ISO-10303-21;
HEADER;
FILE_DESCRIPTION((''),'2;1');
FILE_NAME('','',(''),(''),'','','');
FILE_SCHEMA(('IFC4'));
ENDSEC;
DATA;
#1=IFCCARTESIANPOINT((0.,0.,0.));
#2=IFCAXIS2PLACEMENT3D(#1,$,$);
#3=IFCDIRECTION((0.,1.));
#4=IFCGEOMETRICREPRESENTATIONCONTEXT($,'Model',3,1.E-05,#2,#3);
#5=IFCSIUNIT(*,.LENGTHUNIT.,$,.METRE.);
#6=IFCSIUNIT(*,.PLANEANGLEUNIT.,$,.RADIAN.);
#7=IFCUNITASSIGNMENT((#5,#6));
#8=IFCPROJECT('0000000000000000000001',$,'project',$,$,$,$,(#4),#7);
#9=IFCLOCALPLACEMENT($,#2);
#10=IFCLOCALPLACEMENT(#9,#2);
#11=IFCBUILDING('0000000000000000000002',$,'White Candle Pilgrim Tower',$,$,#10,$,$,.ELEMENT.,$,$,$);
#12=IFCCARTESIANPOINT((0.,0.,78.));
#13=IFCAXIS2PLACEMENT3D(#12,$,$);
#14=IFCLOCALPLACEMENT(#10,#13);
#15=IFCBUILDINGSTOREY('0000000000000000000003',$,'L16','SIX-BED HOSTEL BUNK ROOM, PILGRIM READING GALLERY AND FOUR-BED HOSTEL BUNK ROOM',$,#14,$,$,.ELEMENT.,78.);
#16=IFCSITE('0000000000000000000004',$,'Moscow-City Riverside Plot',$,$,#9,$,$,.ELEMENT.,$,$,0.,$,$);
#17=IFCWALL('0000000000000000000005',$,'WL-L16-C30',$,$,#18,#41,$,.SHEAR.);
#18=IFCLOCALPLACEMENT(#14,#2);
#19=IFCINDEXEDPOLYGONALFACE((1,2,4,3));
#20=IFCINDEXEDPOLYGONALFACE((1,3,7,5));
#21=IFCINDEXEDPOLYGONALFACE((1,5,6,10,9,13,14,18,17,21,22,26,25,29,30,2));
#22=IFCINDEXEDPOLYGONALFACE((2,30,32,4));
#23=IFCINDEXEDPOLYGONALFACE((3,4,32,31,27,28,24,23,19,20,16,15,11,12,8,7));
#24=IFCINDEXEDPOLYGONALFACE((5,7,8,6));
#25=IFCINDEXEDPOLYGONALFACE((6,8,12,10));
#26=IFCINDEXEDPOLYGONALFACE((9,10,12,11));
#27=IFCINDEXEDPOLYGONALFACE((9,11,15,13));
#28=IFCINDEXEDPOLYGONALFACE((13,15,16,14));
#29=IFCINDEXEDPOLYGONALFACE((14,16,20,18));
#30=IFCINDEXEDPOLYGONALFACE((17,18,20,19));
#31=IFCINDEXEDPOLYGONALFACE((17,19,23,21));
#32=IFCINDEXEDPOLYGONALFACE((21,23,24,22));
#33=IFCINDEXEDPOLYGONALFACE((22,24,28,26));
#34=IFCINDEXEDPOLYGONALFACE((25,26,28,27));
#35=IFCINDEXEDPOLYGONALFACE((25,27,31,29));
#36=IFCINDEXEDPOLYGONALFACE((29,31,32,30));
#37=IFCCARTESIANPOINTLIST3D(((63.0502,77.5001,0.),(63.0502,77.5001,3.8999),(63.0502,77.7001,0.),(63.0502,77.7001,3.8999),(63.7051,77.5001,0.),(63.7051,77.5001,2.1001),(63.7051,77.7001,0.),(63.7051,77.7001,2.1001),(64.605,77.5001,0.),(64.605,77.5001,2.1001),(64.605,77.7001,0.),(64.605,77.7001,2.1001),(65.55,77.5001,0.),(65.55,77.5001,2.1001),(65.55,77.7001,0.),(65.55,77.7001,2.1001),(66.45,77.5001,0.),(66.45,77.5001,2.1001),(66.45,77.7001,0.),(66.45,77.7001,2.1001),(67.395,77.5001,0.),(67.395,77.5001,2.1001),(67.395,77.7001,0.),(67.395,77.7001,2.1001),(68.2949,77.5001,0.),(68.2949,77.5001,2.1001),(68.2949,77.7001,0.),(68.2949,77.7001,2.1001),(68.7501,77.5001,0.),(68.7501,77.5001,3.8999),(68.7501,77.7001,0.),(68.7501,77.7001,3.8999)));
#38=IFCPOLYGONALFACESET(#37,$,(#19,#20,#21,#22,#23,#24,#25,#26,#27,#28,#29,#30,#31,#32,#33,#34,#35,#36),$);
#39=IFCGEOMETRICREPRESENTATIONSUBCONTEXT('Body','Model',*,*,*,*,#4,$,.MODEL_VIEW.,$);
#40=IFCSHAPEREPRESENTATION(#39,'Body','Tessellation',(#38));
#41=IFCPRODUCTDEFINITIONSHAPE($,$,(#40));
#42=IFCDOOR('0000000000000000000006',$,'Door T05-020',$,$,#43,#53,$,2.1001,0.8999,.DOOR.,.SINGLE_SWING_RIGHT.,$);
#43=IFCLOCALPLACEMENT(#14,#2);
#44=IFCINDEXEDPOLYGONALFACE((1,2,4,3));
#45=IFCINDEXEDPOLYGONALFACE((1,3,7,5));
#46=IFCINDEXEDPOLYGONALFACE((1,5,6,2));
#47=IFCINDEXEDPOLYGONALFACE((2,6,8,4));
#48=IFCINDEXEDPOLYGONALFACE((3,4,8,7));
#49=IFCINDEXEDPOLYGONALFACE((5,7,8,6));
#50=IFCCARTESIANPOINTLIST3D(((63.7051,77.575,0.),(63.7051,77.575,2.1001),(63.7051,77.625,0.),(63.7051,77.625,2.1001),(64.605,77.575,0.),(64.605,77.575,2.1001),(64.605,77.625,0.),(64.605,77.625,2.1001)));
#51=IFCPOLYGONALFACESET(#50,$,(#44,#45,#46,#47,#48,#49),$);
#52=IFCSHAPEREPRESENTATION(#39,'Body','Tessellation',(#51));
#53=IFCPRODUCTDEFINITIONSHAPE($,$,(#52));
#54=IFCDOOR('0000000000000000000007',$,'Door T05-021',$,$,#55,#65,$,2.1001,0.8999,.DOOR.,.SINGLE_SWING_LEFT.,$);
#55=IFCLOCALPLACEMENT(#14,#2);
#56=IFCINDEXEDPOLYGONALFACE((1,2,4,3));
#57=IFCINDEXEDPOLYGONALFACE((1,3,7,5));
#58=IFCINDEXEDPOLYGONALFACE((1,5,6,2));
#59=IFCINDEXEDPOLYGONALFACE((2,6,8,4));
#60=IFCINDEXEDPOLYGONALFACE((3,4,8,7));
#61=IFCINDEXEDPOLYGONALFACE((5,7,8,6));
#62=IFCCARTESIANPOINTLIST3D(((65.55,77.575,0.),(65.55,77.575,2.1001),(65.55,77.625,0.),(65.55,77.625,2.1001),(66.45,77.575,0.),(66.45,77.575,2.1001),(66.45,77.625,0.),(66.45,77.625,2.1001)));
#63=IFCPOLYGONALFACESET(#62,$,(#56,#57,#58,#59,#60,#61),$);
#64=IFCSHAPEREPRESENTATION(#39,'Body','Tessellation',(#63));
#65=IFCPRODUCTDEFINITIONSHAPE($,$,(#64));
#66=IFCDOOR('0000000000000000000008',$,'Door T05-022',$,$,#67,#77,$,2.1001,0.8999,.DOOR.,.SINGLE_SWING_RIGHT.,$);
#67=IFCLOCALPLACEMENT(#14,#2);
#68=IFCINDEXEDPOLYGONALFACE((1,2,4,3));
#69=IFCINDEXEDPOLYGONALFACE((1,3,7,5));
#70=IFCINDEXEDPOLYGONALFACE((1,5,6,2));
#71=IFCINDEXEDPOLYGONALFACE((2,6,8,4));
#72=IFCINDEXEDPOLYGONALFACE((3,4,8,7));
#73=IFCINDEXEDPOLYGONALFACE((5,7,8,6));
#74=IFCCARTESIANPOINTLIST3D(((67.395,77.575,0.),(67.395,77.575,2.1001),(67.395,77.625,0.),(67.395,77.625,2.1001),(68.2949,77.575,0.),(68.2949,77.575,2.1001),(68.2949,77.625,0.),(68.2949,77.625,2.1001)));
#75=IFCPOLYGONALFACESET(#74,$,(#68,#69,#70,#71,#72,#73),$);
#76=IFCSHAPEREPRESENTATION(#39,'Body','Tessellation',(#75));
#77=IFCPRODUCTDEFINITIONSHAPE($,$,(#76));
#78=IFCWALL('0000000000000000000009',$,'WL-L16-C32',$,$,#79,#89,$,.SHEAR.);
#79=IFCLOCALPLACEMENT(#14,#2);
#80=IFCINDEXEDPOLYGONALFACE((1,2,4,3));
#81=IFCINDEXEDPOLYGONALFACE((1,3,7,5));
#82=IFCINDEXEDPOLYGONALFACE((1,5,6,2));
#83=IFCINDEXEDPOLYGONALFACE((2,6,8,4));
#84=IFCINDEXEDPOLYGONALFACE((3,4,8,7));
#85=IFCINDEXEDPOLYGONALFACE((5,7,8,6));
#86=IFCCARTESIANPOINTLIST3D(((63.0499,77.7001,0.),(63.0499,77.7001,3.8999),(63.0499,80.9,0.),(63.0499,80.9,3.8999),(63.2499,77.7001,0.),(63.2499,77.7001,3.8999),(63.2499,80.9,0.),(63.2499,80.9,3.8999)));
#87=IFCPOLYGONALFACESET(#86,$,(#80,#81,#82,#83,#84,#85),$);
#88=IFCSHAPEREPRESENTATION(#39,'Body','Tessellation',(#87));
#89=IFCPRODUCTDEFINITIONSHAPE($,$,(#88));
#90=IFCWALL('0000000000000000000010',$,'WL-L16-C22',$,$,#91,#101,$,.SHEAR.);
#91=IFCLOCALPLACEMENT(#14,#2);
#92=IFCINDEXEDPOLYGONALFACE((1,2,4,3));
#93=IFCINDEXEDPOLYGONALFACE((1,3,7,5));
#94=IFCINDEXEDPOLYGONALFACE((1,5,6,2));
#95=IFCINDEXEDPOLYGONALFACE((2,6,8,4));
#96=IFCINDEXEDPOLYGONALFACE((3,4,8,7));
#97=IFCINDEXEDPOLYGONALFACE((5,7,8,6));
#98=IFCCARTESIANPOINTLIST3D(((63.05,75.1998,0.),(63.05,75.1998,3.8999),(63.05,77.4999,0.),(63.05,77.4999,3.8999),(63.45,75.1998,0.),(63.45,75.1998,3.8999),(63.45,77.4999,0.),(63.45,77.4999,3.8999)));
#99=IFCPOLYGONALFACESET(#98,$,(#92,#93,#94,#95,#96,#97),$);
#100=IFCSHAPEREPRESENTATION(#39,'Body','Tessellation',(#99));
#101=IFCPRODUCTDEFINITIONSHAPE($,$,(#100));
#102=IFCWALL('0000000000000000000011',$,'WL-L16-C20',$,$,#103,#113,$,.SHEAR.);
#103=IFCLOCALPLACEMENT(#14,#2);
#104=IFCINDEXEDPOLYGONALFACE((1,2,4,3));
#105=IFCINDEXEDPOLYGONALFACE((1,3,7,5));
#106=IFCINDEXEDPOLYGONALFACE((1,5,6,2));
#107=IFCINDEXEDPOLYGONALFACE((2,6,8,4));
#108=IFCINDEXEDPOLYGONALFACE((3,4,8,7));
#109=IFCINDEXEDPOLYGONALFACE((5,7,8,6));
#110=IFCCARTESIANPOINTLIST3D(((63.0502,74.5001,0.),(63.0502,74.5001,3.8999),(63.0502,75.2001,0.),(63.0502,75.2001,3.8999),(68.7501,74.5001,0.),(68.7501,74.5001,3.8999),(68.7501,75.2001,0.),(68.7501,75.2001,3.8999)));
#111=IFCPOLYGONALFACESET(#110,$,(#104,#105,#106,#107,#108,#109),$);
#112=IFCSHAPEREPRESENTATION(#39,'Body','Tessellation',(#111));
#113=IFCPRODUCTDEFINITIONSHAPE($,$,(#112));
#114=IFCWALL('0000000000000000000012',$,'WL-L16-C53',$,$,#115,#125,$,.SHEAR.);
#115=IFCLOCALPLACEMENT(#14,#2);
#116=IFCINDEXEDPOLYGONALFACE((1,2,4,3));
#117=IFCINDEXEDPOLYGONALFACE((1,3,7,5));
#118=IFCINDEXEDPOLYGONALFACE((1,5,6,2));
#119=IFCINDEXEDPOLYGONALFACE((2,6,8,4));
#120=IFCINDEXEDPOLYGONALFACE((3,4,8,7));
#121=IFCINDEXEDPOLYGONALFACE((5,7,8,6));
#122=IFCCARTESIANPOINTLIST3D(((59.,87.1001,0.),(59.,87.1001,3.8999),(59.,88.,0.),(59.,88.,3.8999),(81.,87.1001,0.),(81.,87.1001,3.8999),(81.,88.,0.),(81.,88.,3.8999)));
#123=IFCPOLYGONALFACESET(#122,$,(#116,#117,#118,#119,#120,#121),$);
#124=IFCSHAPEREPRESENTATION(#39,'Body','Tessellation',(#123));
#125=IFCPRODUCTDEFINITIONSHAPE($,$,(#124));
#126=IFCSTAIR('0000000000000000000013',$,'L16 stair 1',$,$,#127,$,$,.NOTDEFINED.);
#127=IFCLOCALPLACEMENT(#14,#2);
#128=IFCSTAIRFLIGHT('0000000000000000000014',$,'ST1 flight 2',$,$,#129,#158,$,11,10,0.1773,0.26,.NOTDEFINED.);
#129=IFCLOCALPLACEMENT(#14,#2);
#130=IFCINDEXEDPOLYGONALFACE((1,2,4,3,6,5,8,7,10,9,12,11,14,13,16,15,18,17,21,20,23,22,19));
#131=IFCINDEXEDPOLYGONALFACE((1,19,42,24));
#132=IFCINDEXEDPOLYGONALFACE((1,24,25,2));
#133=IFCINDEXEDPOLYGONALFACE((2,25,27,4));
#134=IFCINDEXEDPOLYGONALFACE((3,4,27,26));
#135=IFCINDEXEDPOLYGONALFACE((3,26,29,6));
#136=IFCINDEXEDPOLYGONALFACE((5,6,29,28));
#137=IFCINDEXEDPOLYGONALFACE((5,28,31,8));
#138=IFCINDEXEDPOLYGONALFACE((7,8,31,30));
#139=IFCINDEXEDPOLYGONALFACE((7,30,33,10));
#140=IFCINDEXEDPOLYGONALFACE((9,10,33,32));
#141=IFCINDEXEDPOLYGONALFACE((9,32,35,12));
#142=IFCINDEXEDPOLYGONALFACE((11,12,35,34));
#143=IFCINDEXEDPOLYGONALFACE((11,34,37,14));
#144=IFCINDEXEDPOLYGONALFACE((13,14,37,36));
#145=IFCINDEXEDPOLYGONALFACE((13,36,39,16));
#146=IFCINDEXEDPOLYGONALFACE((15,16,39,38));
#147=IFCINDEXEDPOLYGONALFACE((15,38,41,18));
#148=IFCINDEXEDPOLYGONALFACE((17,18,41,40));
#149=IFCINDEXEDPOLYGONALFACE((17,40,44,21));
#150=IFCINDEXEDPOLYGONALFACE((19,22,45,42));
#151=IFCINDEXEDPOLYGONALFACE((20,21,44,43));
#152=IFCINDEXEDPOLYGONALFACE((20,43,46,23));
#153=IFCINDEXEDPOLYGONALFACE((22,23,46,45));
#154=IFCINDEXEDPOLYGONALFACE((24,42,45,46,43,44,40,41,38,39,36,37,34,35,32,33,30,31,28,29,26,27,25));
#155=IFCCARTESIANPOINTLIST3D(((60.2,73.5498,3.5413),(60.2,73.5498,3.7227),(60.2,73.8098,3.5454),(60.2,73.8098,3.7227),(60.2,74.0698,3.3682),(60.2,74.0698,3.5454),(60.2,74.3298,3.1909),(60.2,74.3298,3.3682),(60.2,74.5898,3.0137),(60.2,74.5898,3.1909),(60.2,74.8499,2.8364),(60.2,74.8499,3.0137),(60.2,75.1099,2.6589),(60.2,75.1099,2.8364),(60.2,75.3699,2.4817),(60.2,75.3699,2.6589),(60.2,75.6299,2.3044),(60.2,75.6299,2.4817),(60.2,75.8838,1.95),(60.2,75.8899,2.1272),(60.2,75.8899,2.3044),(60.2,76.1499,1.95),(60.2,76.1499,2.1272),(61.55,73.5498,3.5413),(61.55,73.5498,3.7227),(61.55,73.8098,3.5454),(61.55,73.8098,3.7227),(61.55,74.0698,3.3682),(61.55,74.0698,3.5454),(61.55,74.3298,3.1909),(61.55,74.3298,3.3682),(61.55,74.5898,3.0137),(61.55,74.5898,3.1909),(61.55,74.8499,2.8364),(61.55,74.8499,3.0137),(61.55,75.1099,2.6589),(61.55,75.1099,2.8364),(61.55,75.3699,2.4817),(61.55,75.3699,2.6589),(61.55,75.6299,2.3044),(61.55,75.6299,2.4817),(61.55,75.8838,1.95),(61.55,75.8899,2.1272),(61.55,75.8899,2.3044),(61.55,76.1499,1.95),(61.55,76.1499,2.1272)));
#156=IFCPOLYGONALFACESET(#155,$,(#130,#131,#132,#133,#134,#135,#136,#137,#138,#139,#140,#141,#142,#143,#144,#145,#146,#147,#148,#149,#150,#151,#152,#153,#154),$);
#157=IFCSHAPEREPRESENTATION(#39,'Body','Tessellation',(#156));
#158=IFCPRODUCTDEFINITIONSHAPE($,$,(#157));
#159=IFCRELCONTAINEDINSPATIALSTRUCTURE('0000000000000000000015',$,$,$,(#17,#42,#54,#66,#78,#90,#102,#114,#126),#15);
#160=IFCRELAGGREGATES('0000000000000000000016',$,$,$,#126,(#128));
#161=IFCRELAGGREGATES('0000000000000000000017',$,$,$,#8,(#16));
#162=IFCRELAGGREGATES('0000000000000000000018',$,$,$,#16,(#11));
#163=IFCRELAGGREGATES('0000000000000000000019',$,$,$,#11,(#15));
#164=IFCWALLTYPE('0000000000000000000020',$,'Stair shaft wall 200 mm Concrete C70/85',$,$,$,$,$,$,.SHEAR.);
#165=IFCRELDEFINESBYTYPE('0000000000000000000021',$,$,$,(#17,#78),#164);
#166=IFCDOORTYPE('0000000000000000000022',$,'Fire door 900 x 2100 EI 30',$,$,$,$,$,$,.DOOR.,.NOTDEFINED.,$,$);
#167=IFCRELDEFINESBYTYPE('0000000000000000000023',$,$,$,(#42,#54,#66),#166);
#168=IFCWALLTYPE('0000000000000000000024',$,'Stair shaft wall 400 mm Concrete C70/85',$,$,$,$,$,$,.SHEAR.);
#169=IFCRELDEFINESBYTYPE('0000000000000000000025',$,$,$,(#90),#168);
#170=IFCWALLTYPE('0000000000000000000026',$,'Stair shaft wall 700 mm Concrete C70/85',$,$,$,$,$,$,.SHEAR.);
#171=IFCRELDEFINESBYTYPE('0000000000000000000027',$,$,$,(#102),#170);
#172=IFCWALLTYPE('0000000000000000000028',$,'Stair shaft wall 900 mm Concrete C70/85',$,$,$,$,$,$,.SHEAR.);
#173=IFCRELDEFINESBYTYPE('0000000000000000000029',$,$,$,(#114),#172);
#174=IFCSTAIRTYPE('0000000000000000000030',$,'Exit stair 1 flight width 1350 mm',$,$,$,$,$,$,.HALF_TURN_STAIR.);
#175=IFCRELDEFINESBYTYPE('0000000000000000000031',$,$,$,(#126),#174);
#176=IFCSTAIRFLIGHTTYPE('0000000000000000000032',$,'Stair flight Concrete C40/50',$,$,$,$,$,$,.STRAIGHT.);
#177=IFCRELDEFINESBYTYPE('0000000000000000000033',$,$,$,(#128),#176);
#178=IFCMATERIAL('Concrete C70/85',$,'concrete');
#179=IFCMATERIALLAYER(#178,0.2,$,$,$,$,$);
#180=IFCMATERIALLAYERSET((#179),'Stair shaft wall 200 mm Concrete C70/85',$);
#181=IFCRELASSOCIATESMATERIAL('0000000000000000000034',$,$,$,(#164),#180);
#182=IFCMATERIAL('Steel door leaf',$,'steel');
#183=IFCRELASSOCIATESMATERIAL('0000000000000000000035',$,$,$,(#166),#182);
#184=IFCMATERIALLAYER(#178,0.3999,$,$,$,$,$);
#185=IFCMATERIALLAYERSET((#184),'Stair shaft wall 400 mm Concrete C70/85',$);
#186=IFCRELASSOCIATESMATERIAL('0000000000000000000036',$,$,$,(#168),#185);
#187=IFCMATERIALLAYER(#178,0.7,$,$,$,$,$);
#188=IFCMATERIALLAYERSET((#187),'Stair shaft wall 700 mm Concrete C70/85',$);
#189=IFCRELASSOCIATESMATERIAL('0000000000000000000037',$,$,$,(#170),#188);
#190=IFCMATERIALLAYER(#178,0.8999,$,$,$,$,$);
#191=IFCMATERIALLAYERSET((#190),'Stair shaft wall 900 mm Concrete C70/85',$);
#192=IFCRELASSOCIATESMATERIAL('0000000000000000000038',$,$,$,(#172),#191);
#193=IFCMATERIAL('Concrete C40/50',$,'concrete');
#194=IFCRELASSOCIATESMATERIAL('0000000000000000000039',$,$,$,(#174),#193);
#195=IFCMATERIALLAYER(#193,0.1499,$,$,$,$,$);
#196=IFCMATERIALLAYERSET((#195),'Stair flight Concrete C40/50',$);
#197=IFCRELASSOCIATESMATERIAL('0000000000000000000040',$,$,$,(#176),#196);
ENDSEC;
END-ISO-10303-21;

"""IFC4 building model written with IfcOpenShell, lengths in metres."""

from ifc_helpers import new_model, si_unit, direction, frame, frame_2d, origin, place, context, subcontext, project, spatial, polyline, rectangle, outline, extrude, material, layer, layer_set, type_object, element, fill, aggregate, save


model = new_model("IFC4")

# Units and contexts
model_context = context("Model", 3, precision=1e-05, world=origin(), true_north=direction((0.0, 1.0)))
body_context = subcontext(model_context, "Body", "Model", "MODEL_VIEW")
ifc_project = project(units=[si_unit("LENGTHUNIT", "METRE"), si_unit("PLANEANGLEUNIT", "RADIAN")], contexts=[model_context])

# Site, building, storey
site_placement = place(None, origin())
site = spatial("IfcSite", under=ifc_project, at=site_placement, Name="Moscow-City Riverside Plot", CompositionType="ELEMENT", RefElevation=0.0)
building_placement = place(site_placement, origin())
building = spatial("IfcBuilding", under=site, at=building_placement, Name="White Candle Pilgrim Tower", CompositionType="ELEMENT")
storey_placement = place(building_placement, frame((0.0, 0.0, 78.0)))
storey = spatial("IfcBuildingStorey", under=building, at=storey_placement, Name="L16", Description="SIX-BED HOSTEL BUNK ROOM, PILGRIM READING GALLERY AND FOUR-BED HOSTEL BUNK ROOM", CompositionType="ELEMENT", Elevation=78.0)

# Shared definitions
ifc_material_1 = material(Name="Concrete C70/85", Category="concrete")
ifc_material_2 = material(Name="Steel door leaf", Category="steel")

# Wall, openings, doors
ifc_layer_1 = layer(ifc_material_1, 0.2)
ifc_layer_set_1 = layer_set([ifc_layer_1], Name="Stair shaft wall 200 mm Concrete C70/85")
wall_type_1 = type_object("IfcWallType", Name="Stair shaft wall 200 mm Concrete C70/85", PredefinedType="SHEAR", material=ifc_layer_set_1)
wall_1_placement = place(storey_placement, frame((63.05, 77.6001, 0.0), z_axis=(0.0, 0.0, 1.0), x_axis=(1.0, 0.0, 0.0)))
wall_1 = element("IfcWall", 1, at=wall_1_placement, inside=storey, type_object=wall_type_1, Name="WL-L16-C30", PredefinedType="SHEAR", context=body_context, shape_type="SweptSolid", body=[
    extrude(rectangle(XDim=5.7, YDim=0.2, at=frame_2d((2.8501, 0.0))), origin(), (0.0, 0.0, 1.0), 3.8999),
])
opening_1_placement = place(wall_1_placement, frame((0.655, 0.0, 0.0)))
opening_1 = element("IfcOpeningElement", 2, at=opening_1_placement, cuts=wall_1, PredefinedType="OPENING", context=body_context, shape_type="SweptSolid", body=[
    extrude(rectangle(XDim=0.8999, YDim=2.1001, at=frame_2d((0.45, 1.05))), frame((0.0, 0.1099, 0.0), z_axis=(0.0, -1.0, 0.0), x_axis=(1.0, 0.0, 0.0)), (0.0, 0.0, 1.0), 0.22),
])
opening_2_placement = place(wall_1_placement, frame((2.5, 0.0, 0.0)))
opening_2 = element("IfcOpeningElement", 3, at=opening_2_placement, cuts=wall_1, PredefinedType="OPENING", context=body_context, shape_type="SweptSolid", body=[
    extrude(rectangle(XDim=0.8999, YDim=2.1001, at=frame_2d((0.45, 1.05))), frame((0.0, 0.1099, 0.0), z_axis=(0.0, -1.0, 0.0), x_axis=(1.0, 0.0, 0.0)), (0.0, 0.0, 1.0), 0.22),
])
opening_3_placement = place(wall_1_placement, frame((4.345, 0.0, 0.0)))
opening_3 = element("IfcOpeningElement", 4, at=opening_3_placement, cuts=wall_1, PredefinedType="OPENING", context=body_context, shape_type="SweptSolid", body=[
    extrude(rectangle(XDim=0.8999, YDim=2.1001, at=frame_2d((0.45, 1.05))), frame((0.0, 0.1099, 0.0), z_axis=(0.0, -1.0, 0.0), x_axis=(1.0, 0.0, 0.0)), (0.0, 0.0, 1.0), 0.22),
])
door_type_1 = type_object("IfcDoorType", Name="Fire door 900 x 2100 EI 30", OperationType="NOTDEFINED", PredefinedType="DOOR", material=ifc_material_2)
door_1_placement = place(opening_1_placement, origin())
door_1 = element("IfcDoor", 5, at=door_1_placement, inside=storey, type_object=door_type_1, Name="Door T05-020", OperationType="SINGLE_SWING_RIGHT", OverallHeight=2.1001, OverallWidth=0.8999, PredefinedType="DOOR", context=body_context, shape_type="SweptSolid", body=[
    extrude(rectangle(XDim=0.8999, YDim=2.1001, at=frame_2d((0.45, 1.05))), frame((0.0, 0.0249, 0.0), z_axis=(0.0, -1.0, 0.0), x_axis=(1.0, 0.0, 0.0)), (0.0, 0.0, 1.0), 0.05),
])
fill(opening_1, door_1)
door_2_placement = place(opening_2_placement, origin())
door_2 = element("IfcDoor", 6, at=door_2_placement, inside=storey, type_object=door_type_1, Name="Door T05-021", OperationType="SINGLE_SWING_LEFT", OverallHeight=2.1001, OverallWidth=0.8999, PredefinedType="DOOR", context=body_context, shape_type="SweptSolid", body=[
    extrude(rectangle(XDim=0.8999, YDim=2.1001, at=frame_2d((0.45, 1.05))), frame((0.0, 0.0249, 0.0), z_axis=(0.0, -1.0, 0.0), x_axis=(1.0, 0.0, 0.0)), (0.0, 0.0, 1.0), 0.05),
])
fill(opening_2, door_2)
door_3_placement = place(opening_3_placement, origin())
door_3 = element("IfcDoor", 7, at=door_3_placement, inside=storey, type_object=door_type_1, Name="Door T05-022", OperationType="SINGLE_SWING_RIGHT", OverallHeight=2.1001, OverallWidth=0.8999, PredefinedType="DOOR", context=body_context, shape_type="SweptSolid", body=[
    extrude(rectangle(XDim=0.8999, YDim=2.1001, at=frame_2d((0.45, 1.05))), frame((0.0, 0.0249, 0.0), z_axis=(0.0, -1.0, 0.0), x_axis=(1.0, 0.0, 0.0)), (0.0, 0.0, 1.0), 0.05),
])
fill(opening_3, door_3)

# Walls
wall_2_placement = place(storey_placement, frame((63.1499, 77.7, 0.0), z_axis=(0.0, 0.0, 1.0), x_axis=(0.0, 1.0, 0.0)))
element("IfcWall", 8, at=wall_2_placement, inside=storey, type_object=wall_type_1, Name="WL-L16-C32", PredefinedType="SHEAR", context=body_context, shape_type="SweptSolid", body=[
    extrude(rectangle(XDim=3.2, YDim=0.2, at=frame_2d((1.6001, 0.0))), origin(), (0.0, 0.0, 1.0), 3.8999),
])
ifc_layer_2 = layer(ifc_material_1, 0.3999)
ifc_layer_set_2 = layer_set([ifc_layer_2], Name="Stair shaft wall 400 mm Concrete C70/85")
wall_type_2 = type_object("IfcWallType", Name="Stair shaft wall 400 mm Concrete C70/85", PredefinedType="SHEAR", material=ifc_layer_set_2)
wall_3_placement = place(storey_placement, frame((63.25, 75.2, 0.0), z_axis=(0.0, 0.0, 1.0), x_axis=(0.0, 1.0, 0.0)))
element("IfcWall", 9, at=wall_3_placement, inside=storey, type_object=wall_type_2, Name="WL-L16-C22", PredefinedType="SHEAR", context=body_context, shape_type="SweptSolid", body=[
    extrude(rectangle(XDim=2.3, YDim=0.3999, at=frame_2d((1.1499, 0.0))), origin(), (0.0, 0.0, 1.0), 3.8999),
])
ifc_layer_3 = layer(ifc_material_1, 0.7)
ifc_layer_set_3 = layer_set([ifc_layer_3], Name="Stair shaft wall 700 mm Concrete C70/85")
wall_type_3 = type_object("IfcWallType", Name="Stair shaft wall 700 mm Concrete C70/85", PredefinedType="SHEAR", material=ifc_layer_set_3)
wall_4_placement = place(storey_placement, frame((63.05, 74.8501, 0.0), z_axis=(0.0, 0.0, 1.0), x_axis=(1.0, 0.0, 0.0)))
element("IfcWall", 10, at=wall_4_placement, inside=storey, type_object=wall_type_3, Name="WL-L16-C20", PredefinedType="SHEAR", context=body_context, shape_type="SweptSolid", body=[
    extrude(rectangle(XDim=5.7, YDim=0.7, at=frame_2d((2.8501, 0.0))), origin(), (0.0, 0.0, 1.0), 3.8999),
])
ifc_layer_4 = layer(ifc_material_1, 0.8999)
ifc_layer_set_4 = layer_set([ifc_layer_4], Name="Stair shaft wall 900 mm Concrete C70/85")
wall_type_4 = type_object("IfcWallType", Name="Stair shaft wall 900 mm Concrete C70/85", PredefinedType="SHEAR", material=ifc_layer_set_4)
wall_5_placement = place(storey_placement, frame((59.0, 87.55, 0.0), z_axis=(0.0, 0.0, 1.0), x_axis=(1.0, 0.0, 0.0)))
element("IfcWall", 11, at=wall_5_placement, inside=storey, type_object=wall_type_4, Name="WL-L16-C53", PredefinedType="SHEAR", context=body_context, shape_type="SweptSolid", body=[
    extrude(rectangle(XDim=22.0, YDim=0.8999, at=frame_2d((11.0, 0.0))), origin(), (0.0, 0.0, 1.0), 3.8999),
])

# Stair, stair flight
ifc_material_3 = material(Name="Concrete C40/50", Category="concrete")
stair_type = type_object("IfcStairType", Name="Exit stair 1 flight width 1350 mm", PredefinedType="HALF_TURN_STAIR", material=ifc_material_3)
stair_placement = place(storey_placement, origin())
stair = element("IfcStair", 12, at=stair_placement, inside=storey, type_object=stair_type, Name="L16 stair 1", PredefinedType="NOTDEFINED")
ifc_layer_5 = layer(ifc_material_3, 0.1499)
ifc_layer_set_5 = layer_set([ifc_layer_5], Name="Stair flight Concrete C40/50")
stair_flight_type = type_object("IfcStairFlightType", Name="Stair flight Concrete C40/50", PredefinedType="STRAIGHT", material=ifc_layer_set_5)
stair_flight_placement = place(storey_placement, frame((60.875, 76.1499, 1.95), z_axis=(0.0, 0.0, 1.0), x_axis=(0.0, -1.0, 0.0)))
stair_flight = element("IfcStairFlight", 13, at=stair_flight_placement, type_object=stair_flight_type, Name="ST1 flight 2", NumberOfRisers=11, NumberOfTreads=10, PredefinedType="NOTDEFINED", RiserHeight=0.1773, TreadLength=0.26, context=body_context, shape_type="SweptSolid", body=[
    extrude(outline(polyline([(0.0, 0.0), (0.0, 0.1772), (0.26, 0.1772), (0.26, 0.3545), (0.52, 0.3545), (0.52, 0.5317), (0.78, 0.5317), (0.78, 0.709), (1.04, 0.709), (1.04, 0.8865), (1.3, 0.8865), (1.3, 1.0637), (1.5601, 1.0637), (1.5601, 1.241), (1.8201, 1.241), (1.8201, 1.4182), (2.0801, 1.4182), (2.0801, 1.5955), (2.3401, 1.5955), (2.3401, 1.7727), (2.6001, 1.7727), (2.6001, 1.95), (2.6001, 1.5913), (0.2661, 0.0), (0.0, 0.0)])), frame((0.0, 0.675, 0.0), z_axis=(0.0, -1.0, 0.0), x_axis=(1.0, 0.0, 0.0)), (0.0, 0.0, 1.0), 1.3501),
])
aggregate(stair, [stair_flight])

save(model, "model.ifc")
